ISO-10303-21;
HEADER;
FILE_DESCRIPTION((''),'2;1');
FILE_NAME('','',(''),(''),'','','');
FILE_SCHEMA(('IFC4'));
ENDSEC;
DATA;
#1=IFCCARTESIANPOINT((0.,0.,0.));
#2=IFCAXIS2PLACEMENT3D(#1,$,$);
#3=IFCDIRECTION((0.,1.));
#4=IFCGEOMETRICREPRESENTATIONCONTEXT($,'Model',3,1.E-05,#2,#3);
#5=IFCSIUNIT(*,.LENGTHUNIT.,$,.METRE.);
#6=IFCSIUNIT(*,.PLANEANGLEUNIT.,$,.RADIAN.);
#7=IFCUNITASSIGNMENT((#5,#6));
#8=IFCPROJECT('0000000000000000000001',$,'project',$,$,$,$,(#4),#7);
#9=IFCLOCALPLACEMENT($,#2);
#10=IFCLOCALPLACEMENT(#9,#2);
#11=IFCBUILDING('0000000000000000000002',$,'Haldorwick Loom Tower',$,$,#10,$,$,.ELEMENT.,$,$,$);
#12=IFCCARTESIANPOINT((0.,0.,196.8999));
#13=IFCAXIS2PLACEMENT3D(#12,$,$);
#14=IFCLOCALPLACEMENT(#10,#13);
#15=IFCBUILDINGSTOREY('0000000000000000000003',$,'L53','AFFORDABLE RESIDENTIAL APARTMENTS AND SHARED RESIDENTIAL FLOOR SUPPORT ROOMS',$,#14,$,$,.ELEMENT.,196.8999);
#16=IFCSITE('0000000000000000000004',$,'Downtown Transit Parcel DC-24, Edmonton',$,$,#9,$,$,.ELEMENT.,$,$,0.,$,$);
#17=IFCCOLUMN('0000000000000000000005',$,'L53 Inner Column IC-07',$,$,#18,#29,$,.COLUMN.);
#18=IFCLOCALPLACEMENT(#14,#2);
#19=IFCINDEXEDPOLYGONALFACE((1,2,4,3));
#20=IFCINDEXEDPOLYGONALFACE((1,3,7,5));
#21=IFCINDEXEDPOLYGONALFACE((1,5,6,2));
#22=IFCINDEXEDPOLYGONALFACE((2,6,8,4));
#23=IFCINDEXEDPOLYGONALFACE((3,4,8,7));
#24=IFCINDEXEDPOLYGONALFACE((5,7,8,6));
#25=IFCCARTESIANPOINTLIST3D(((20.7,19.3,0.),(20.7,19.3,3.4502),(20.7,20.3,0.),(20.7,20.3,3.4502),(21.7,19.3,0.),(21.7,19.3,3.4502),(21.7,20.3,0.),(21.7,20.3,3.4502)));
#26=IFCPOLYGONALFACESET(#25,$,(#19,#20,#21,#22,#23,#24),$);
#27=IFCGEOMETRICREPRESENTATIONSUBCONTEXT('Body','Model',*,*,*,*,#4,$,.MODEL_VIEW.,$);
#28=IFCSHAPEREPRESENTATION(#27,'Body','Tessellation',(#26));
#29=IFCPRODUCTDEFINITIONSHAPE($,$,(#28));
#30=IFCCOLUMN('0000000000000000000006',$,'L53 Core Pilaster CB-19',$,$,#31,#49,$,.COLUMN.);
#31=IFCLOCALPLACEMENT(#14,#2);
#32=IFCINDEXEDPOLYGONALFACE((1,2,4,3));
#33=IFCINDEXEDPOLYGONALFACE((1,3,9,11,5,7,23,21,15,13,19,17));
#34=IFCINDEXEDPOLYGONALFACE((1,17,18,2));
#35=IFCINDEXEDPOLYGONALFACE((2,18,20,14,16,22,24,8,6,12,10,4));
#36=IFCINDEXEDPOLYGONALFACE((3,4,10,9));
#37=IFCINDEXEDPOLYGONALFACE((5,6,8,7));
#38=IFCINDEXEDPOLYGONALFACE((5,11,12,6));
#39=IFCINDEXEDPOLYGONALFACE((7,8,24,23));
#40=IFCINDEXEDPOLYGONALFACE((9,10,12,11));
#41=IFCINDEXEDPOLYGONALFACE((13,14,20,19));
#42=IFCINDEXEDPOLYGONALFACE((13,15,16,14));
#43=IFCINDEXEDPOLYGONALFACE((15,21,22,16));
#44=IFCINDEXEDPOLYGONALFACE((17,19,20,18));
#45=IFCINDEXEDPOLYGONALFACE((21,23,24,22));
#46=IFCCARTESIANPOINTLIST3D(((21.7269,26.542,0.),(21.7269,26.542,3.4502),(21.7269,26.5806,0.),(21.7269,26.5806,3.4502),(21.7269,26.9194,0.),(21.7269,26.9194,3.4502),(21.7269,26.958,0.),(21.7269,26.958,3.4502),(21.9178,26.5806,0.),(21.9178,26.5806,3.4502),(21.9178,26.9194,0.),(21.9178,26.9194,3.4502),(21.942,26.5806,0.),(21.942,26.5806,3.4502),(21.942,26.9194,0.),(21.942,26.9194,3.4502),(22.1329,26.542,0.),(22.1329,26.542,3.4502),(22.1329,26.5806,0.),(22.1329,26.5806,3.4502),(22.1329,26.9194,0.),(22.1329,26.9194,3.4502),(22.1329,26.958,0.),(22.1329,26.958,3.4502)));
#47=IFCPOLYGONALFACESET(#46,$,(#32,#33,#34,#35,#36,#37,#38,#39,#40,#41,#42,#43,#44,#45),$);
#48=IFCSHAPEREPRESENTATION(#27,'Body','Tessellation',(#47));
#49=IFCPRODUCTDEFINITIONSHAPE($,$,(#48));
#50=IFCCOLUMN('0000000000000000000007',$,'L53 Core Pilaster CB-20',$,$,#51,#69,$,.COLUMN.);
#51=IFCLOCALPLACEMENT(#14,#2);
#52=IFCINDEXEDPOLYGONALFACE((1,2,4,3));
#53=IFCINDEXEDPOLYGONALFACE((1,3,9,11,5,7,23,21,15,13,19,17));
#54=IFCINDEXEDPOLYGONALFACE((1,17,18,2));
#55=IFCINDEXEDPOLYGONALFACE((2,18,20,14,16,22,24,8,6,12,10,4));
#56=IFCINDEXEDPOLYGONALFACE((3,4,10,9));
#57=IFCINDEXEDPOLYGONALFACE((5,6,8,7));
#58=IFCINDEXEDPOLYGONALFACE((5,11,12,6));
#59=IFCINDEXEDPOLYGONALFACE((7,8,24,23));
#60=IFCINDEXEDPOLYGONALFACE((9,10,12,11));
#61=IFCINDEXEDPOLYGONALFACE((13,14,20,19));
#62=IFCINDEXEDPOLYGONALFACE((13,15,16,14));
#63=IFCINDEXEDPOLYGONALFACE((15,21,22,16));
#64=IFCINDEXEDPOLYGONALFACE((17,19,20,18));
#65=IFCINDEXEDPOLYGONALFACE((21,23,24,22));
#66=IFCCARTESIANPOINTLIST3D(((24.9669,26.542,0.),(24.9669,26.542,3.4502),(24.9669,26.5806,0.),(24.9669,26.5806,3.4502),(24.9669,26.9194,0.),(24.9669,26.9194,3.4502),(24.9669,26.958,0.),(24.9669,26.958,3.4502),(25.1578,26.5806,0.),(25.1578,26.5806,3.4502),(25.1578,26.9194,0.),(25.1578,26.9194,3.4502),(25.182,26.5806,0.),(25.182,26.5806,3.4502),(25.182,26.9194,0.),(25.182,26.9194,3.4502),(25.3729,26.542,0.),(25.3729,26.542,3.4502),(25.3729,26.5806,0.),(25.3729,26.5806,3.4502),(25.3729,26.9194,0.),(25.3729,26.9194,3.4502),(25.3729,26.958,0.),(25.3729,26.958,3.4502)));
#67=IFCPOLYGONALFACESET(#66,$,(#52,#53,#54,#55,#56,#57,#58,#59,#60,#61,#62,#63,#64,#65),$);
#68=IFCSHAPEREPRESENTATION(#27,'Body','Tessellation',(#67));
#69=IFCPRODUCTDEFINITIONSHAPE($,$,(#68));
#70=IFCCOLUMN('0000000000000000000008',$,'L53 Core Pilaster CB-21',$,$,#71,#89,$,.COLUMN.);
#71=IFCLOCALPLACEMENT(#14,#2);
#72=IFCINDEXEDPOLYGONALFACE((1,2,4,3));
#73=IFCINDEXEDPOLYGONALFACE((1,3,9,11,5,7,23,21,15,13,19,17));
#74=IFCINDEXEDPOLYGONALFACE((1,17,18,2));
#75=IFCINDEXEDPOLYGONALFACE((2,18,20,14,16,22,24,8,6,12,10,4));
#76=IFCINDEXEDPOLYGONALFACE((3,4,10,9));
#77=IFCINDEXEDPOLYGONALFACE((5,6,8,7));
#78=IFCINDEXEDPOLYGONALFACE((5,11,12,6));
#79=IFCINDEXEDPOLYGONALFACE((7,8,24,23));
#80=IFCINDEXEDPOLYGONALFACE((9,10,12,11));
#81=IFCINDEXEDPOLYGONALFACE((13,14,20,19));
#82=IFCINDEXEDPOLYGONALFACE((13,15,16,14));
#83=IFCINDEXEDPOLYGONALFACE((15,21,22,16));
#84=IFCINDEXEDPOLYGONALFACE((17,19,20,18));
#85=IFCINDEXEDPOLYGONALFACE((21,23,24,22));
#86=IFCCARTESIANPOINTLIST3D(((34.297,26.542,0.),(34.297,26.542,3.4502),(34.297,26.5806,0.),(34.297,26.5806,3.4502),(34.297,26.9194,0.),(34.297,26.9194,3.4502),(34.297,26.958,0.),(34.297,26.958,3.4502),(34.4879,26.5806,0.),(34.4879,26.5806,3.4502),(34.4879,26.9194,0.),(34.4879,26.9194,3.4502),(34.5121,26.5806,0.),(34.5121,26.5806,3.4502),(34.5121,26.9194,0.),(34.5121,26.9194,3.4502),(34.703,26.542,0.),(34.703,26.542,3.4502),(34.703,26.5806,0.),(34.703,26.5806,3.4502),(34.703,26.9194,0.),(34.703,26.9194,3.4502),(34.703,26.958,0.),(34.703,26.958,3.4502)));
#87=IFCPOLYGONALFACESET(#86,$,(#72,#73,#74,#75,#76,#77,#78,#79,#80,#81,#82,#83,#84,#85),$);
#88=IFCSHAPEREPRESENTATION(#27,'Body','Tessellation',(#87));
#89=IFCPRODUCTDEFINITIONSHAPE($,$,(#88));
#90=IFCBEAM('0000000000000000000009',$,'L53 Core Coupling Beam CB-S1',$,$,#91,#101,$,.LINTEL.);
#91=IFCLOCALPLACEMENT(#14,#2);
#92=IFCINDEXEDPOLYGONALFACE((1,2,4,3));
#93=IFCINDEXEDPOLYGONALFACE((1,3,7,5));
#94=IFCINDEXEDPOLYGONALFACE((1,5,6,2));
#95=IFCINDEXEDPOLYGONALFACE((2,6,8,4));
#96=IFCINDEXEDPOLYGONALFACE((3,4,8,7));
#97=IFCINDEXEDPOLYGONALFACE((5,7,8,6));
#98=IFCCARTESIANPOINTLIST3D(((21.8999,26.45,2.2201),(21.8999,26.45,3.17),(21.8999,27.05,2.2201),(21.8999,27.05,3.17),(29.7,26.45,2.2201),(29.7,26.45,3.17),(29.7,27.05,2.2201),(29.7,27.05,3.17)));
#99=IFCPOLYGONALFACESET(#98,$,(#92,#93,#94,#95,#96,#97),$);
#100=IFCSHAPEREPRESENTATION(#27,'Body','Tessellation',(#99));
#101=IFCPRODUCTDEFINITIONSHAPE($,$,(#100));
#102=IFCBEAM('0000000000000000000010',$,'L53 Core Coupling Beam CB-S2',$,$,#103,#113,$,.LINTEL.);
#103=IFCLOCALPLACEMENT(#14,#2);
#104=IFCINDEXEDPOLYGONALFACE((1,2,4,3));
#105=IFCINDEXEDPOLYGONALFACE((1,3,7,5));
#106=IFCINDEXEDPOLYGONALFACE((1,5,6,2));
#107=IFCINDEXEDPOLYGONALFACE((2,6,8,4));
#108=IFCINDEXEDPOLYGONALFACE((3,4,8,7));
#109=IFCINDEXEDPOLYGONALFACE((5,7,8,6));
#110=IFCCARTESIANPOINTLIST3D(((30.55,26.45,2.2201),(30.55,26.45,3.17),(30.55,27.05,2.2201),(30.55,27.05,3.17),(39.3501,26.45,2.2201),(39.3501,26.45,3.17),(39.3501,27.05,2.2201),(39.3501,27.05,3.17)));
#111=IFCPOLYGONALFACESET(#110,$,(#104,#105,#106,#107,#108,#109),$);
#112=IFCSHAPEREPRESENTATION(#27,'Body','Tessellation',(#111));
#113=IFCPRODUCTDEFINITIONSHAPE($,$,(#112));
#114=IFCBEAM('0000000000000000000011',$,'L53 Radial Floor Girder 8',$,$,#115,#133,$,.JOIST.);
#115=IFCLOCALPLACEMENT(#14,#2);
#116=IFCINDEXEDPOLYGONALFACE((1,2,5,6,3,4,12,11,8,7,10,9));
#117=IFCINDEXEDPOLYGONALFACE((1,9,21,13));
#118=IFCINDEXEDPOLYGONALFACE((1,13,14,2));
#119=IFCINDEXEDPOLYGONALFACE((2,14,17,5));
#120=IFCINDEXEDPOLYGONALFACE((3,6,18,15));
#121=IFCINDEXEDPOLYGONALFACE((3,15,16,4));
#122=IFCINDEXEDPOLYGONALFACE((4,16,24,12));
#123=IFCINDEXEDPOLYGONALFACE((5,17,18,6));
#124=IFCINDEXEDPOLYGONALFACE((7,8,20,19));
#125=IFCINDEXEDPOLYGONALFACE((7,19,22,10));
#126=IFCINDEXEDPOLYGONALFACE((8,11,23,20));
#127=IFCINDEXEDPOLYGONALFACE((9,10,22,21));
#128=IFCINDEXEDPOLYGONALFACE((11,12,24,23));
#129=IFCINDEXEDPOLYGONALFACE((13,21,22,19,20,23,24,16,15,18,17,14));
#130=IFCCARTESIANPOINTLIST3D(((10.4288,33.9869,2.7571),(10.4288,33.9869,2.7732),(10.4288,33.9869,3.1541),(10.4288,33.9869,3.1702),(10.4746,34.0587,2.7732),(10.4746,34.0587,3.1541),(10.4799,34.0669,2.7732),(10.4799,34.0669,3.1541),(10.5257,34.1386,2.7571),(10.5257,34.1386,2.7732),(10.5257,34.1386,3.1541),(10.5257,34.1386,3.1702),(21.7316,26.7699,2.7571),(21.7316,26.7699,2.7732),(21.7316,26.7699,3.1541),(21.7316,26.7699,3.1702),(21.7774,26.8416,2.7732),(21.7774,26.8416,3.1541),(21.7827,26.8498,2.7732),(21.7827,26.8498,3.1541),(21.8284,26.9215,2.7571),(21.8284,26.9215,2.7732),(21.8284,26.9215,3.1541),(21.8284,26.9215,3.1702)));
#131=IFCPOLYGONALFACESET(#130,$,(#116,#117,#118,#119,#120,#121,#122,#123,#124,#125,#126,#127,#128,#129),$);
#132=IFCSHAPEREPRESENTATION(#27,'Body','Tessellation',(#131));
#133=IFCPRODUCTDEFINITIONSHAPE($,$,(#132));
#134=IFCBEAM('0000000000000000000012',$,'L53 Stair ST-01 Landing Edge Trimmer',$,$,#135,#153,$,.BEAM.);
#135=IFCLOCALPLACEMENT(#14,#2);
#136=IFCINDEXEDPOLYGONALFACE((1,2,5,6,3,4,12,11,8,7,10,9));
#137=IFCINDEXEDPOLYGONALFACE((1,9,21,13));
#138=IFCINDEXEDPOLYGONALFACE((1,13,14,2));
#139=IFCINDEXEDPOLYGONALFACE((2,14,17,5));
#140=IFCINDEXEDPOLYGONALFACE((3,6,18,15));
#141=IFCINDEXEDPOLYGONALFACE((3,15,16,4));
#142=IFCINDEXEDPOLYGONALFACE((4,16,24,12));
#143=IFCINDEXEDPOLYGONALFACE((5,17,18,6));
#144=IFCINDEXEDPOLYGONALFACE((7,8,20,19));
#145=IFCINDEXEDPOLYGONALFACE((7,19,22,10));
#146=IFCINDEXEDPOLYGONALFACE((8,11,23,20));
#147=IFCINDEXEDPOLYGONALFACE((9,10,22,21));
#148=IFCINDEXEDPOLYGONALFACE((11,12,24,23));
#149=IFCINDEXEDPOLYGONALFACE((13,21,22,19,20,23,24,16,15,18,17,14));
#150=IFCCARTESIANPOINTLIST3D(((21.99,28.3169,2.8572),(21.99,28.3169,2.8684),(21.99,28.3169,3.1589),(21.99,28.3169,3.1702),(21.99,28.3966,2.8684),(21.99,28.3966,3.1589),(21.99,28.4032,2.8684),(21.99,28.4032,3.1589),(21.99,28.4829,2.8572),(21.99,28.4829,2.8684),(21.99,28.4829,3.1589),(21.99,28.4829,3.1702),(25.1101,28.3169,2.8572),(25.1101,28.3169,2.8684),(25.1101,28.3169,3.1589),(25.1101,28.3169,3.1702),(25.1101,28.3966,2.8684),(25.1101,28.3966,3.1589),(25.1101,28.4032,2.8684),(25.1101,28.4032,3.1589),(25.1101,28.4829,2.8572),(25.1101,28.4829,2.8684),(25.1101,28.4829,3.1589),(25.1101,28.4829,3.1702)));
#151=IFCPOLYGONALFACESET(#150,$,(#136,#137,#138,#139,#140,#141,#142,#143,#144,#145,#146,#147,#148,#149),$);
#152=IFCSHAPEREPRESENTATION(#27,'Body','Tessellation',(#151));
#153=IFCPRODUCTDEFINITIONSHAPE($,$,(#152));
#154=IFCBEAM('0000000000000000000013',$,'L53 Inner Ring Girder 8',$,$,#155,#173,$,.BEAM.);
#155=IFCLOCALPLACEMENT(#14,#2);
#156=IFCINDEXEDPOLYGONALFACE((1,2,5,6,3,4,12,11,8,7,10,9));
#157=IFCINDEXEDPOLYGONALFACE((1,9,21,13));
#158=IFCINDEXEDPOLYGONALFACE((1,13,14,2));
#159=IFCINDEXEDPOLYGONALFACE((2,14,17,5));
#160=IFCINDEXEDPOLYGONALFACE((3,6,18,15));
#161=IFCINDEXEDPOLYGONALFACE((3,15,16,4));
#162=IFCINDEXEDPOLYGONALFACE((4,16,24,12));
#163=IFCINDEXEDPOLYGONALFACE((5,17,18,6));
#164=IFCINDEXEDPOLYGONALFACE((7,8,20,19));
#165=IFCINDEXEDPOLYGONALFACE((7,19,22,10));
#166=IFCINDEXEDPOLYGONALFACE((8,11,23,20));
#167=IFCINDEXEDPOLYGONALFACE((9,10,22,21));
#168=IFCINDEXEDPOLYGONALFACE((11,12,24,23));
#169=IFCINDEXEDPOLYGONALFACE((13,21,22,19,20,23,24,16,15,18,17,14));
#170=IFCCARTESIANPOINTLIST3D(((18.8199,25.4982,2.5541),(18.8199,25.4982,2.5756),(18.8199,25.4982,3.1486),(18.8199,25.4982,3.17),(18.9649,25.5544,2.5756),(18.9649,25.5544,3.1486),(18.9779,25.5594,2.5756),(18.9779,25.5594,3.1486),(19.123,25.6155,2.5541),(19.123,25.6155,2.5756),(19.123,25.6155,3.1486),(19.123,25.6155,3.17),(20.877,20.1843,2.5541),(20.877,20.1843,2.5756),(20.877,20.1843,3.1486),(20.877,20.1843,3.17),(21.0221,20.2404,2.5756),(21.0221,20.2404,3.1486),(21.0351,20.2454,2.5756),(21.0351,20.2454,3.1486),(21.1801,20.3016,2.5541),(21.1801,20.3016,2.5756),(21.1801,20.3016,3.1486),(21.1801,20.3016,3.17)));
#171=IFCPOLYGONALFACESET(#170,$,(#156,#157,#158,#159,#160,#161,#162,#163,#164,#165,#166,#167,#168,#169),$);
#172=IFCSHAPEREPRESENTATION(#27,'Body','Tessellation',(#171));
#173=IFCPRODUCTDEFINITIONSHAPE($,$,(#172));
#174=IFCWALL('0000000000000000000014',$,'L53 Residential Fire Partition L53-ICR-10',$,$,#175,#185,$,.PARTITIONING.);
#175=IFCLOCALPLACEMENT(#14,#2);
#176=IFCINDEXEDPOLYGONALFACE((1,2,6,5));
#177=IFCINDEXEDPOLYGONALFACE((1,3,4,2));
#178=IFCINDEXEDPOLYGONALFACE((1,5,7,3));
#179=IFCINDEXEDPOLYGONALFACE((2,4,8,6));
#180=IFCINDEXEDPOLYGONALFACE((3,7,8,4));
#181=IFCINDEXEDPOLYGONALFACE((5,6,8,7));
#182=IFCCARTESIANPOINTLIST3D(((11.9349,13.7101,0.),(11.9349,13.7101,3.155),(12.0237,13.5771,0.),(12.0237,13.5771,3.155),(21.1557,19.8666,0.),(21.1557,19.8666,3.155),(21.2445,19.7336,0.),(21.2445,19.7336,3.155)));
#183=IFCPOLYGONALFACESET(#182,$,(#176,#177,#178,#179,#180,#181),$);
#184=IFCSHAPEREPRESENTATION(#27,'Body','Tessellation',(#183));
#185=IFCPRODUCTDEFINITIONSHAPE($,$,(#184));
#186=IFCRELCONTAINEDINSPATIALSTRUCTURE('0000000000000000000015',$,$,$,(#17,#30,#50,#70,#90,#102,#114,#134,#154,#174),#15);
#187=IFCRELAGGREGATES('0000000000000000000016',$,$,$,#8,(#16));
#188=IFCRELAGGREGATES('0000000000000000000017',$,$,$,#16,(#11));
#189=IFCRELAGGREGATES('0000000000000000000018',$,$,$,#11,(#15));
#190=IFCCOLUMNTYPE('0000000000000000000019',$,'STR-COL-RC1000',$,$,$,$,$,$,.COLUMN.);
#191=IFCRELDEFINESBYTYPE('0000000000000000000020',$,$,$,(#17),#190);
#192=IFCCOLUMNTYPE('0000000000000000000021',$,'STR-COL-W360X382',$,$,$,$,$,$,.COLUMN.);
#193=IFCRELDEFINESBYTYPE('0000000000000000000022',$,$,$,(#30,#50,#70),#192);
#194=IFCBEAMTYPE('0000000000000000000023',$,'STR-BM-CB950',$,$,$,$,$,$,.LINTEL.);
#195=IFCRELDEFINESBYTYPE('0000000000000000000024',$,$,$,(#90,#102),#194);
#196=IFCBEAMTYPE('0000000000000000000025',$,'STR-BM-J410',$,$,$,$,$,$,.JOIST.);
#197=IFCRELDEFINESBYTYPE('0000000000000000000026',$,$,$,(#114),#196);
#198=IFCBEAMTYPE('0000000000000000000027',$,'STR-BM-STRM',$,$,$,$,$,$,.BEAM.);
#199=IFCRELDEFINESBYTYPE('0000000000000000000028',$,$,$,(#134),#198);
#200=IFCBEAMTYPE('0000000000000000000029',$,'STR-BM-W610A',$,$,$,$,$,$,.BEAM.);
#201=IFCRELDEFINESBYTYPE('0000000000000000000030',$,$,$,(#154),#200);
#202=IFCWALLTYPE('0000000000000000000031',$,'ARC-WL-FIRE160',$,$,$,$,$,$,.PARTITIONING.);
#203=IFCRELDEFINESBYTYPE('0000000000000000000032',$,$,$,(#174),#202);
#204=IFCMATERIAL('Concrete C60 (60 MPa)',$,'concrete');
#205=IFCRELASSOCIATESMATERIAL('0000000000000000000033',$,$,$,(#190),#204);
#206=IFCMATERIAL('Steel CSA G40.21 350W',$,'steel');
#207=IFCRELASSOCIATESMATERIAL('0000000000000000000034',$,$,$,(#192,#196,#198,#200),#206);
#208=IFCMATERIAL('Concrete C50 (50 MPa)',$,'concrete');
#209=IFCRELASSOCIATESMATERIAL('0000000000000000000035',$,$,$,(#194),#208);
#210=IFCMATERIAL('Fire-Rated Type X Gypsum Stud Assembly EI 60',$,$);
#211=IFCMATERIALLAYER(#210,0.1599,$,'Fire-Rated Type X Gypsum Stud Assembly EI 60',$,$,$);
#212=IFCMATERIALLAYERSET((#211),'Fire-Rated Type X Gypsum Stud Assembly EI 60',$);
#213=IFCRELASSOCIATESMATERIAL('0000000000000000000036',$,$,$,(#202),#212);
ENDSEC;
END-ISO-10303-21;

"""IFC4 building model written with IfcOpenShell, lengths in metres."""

from ifc_helpers import new_model, si_unit, direction, frame, frame_2d, origin, origin_2d, place, context, subcontext, project, spatial, rectangle, i_section, extrude, material, layer, layer_set, material_profile, profile_set, type_object, element, save


model = new_model("IFC4")

# Units and contexts
model_context = context("Model", 3, precision=1e-05, world=origin(), true_north=direction((0.0, 1.0)))
body_context = subcontext(model_context, "Body", "Model", "MODEL_VIEW")
ifc_project = project(units=[si_unit("LENGTHUNIT", "METRE"), si_unit("PLANEANGLEUNIT", "RADIAN")], contexts=[model_context])

# Site, building, storey
site_placement = place(None, origin())
site = spatial("IfcSite", under=ifc_project, at=site_placement, Name="Downtown Transit Parcel DC-24, Edmonton", CompositionType="ELEMENT", RefElevation=0.0)
building_placement = place(site_placement, origin())
building = spatial("IfcBuilding", under=site, at=building_placement, Name="Haldorwick Loom Tower", CompositionType="ELEMENT")
storey_placement = place(building_placement, frame((0.0, 0.0, 196.8999)))
storey = spatial("IfcBuildingStorey", under=building, at=storey_placement, Name="L53", Description="AFFORDABLE RESIDENTIAL APARTMENTS AND SHARED RESIDENTIAL FLOOR SUPPORT ROOMS", CompositionType="ELEMENT", Elevation=196.8999)

# Columns
ifc_material_1 = material(Name="Concrete C60 (60 MPa)", Category="concrete")
ifc_material_profile_1 = material_profile(ifc_material_1, rectangle(XDim=1.0, YDim=1.0, at=origin_2d()), Name="RC1000X1000", Category="concrete")
ifc_profile_set_1 = profile_set([ifc_material_profile_1], Name="Concrete C60 (60 MPa)")
column_type_1 = type_object("IfcColumnType", Name="STR-COL-RC1000", PredefinedType="COLUMN", material=ifc_profile_set_1)
column_placement = place(storey_placement, frame((21.2, 19.8, 0.0), z_axis=(0.0, 0.0, 1.0), x_axis=(1.0, 0.0, 0.0)))
element("IfcColumn", 1, at=column_placement, inside=storey, type_object=column_type_1, Name="L53 Inner Column IC-07", PredefinedType="COLUMN", context=body_context, shape_type="SweptSolid", body=[
    extrude(rectangle(XDim=1.0, YDim=1.0, at=origin_2d()), origin(), (0.0, 0.0, 1.0), 3.4502),
])
ifc_material_2 = material(Name="Steel CSA G40.21 350W", Category="steel")
ifc_material_profile_2 = material_profile(ifc_material_2, i_section(OverallWidth=0.406, OverallDepth=0.416, WebThickness=0.0242, FlangeThickness=0.0386, at=origin_2d()), Name="W360X382", Category="steel")
ifc_profile_set_2 = profile_set([ifc_material_profile_2], Name="Steel CSA G40.21 350W")
column_type_2 = type_object("IfcColumnType", Name="STR-COL-W360X382", PredefinedType="COLUMN", material=ifc_profile_set_2)
for number, where, z_axis, x_axis, name in (
    (2, (21.9299, 26.75, 0.0), (0.0, 0.0, 1.0), (1.0, 0.0, 0.0), "L53 Core Pilaster CB-19"),
    (3, (25.1699, 26.75, 0.0), (0.0, 0.0, 1.0), (1.0, 0.0, 0.0), "L53 Core Pilaster CB-20"),
    (4, (34.5, 26.75, 0.0), (0.0, 0.0, 1.0), (1.0, 0.0, 0.0), "L53 Core Pilaster CB-21"),
):
    element("IfcColumn", number, at=place(storey_placement, frame(where, z_axis=z_axis, x_axis=x_axis)), inside=storey, type_object=column_type_2, Name=name, PredefinedType="COLUMN", context=body_context, shape_type="SweptSolid", body=[
        extrude(i_section(OverallWidth=0.406, OverallDepth=0.416, WebThickness=0.0242, FlangeThickness=0.0386, at=origin_2d()), origin(), (0.0, 0.0, 1.0), 3.4502),
    ])

# Beams
ifc_material_3 = material(Name="Concrete C50 (50 MPa)", Category="concrete")
ifc_material_profile_3 = material_profile(ifc_material_3, rectangle(XDim=0.6001, YDim=0.95, at=origin_2d()), Name="RC600X950", Category="concrete")
ifc_profile_set_3 = profile_set([ifc_material_profile_3], Name="Concrete C50 (50 MPa)")
beam_type_1 = type_object("IfcBeamType", Name="STR-BM-CB950", PredefinedType="LINTEL", material=ifc_profile_set_3)
beam_1_placement = place(storey_placement, frame((21.8999, 26.75, 2.6951), z_axis=(1.0, 0.0, 0.0), x_axis=(0.0, 1.0, 0.0)))
element("IfcBeam", 5, at=beam_1_placement, inside=storey, type_object=beam_type_1, Name="L53 Core Coupling Beam CB-S1", PredefinedType="LINTEL", context=body_context, shape_type="SweptSolid", body=[
    extrude(rectangle(XDim=0.6001, YDim=0.95, at=origin_2d()), origin(), (0.0, 0.0, 1.0), 7.8),
])
beam_2_placement = place(storey_placement, frame((30.55, 26.75, 2.6951), z_axis=(1.0, 0.0, 0.0), x_axis=(0.0, 1.0, 0.0)))
element("IfcBeam", 6, at=beam_2_placement, inside=storey, type_object=beam_type_1, Name="L53 Core Coupling Beam CB-S2", PredefinedType="LINTEL", context=body_context, shape_type="SweptSolid", body=[
    extrude(rectangle(XDim=0.6001, YDim=0.95, at=origin_2d()), origin(), (0.0, 0.0, 1.0), 8.8),
])
ifc_material_profile_4 = material_profile(ifc_material_2, i_section(OverallWidth=0.1799, OverallDepth=0.4131, WebThickness=0.0098, FlangeThickness=0.0161, at=origin_2d()), Name="W410X74", Category="steel")
ifc_profile_set_4 = profile_set([ifc_material_profile_4], Name="Steel CSA G40.21 350W")
beam_type_2 = type_object("IfcBeamType", Name="STR-BM-J410", PredefinedType="JOIST", material=ifc_profile_set_4)
beam_3_placement = place(storey_placement, frame((21.78, 26.8457, 2.9636), z_axis=(-0.842837, 0.538169, 0.0), x_axis=(-0.538169, -0.842837, 0.0)))
element("IfcBeam", 7, at=beam_3_placement, inside=storey, type_object=beam_type_2, Name="L53 Radial Floor Girder 8", PredefinedType="JOIST", context=body_context, shape_type="SweptSolid", body=[
    extrude(i_section(OverallWidth=0.1799, OverallDepth=0.4131, WebThickness=0.0098, FlangeThickness=0.0161, at=origin_2d()), origin(), (0.0, 0.0, 1.0), 13.4104),
])
ifc_material_profile_5 = material_profile(ifc_material_2, i_section(OverallWidth=0.166, OverallDepth=0.313, WebThickness=0.0066, FlangeThickness=0.0112, at=origin_2d()), Name="W310X45", Category="steel")
ifc_profile_set_5 = profile_set([ifc_material_profile_5], Name="Steel CSA G40.21 350W")
beam_type_3 = type_object("IfcBeamType", Name="STR-BM-STRM", PredefinedType="BEAM", material=ifc_profile_set_5)
beam_4_placement = place(storey_placement, frame((21.99, 28.3999, 3.0137), z_axis=(1.0, 0.0, 0.0), x_axis=(0.0, 1.0, 0.0)))
element("IfcBeam", 8, at=beam_4_placement, inside=storey, type_object=beam_type_3, Name="L53 Stair ST-01 Landing Edge Trimmer", PredefinedType="BEAM", context=body_context, shape_type="SweptSolid", body=[
    extrude(i_section(OverallWidth=0.166, OverallDepth=0.313, WebThickness=0.0066, FlangeThickness=0.0112, at=origin_2d()), origin(), (0.0, 0.0, 1.0), 3.1201),
])
ifc_material_profile_6 = material_profile(ifc_material_2, i_section(OverallWidth=0.325, OverallDepth=0.616, WebThickness=0.0139, FlangeThickness=0.0215, at=origin_2d()), Name="W610X174", Category="steel")
ifc_profile_set_6 = profile_set([ifc_material_profile_6], Name="Steel CSA G40.21 350W")
beam_type_4 = type_object("IfcBeamType", Name="STR-BM-W610A", PredefinedType="BEAM", material=ifc_profile_set_6)
beam_5_placement = place(storey_placement, frame((21.0286, 20.2429, 2.8621), z_axis=(-0.361011, 0.932562, 0.0), x_axis=(-0.932562, -0.361011, 0.0)))
element("IfcBeam", 9, at=beam_5_placement, inside=storey, type_object=beam_type_4, Name="L53 Inner Ring Girder 8", PredefinedType="BEAM", context=body_context, shape_type="SweptSolid", body=[
    extrude(i_section(OverallWidth=0.325, OverallDepth=0.616, WebThickness=0.0139, FlangeThickness=0.0215, at=origin_2d()), origin(), (0.0, 0.0, 1.0), 5.6982),
])

# Wall
ifc_material_4 = material(Name="Fire-Rated Type X Gypsum Stud Assembly EI 60")
ifc_layer_1 = layer(ifc_material_4, 0.1599, Name="Fire-Rated Type X Gypsum Stud Assembly EI 60")
ifc_layer_set_1 = layer_set([ifc_layer_1], Name="Fire-Rated Type X Gypsum Stud Assembly EI 60")
wall_type_1 = type_object("IfcWallType", Name="ARC-WL-FIRE160", PredefinedType="PARTITIONING", material=ifc_layer_set_1)
wall_1_placement = place(storey_placement, frame((21.2, 19.8, 0.0), z_axis=(0.0, 0.0, 1.0), x_axis=(-0.831661, -0.555284, 0.0)))
element("IfcWall", 10, at=wall_1_placement, inside=storey, type_object=wall_type_1, Name="L53 Residential Fire Partition L53-ICR-10", PredefinedType="PARTITIONING", context=body_context, shape_type="SweptSolid", body=[
    extrude(rectangle(XDim=11.0872, YDim=0.1599, at=frame_2d((5.5435, 0.0))), origin(), (0.0, 0.0, 1.0), 3.155),
])

save(model, "model.ifc")
